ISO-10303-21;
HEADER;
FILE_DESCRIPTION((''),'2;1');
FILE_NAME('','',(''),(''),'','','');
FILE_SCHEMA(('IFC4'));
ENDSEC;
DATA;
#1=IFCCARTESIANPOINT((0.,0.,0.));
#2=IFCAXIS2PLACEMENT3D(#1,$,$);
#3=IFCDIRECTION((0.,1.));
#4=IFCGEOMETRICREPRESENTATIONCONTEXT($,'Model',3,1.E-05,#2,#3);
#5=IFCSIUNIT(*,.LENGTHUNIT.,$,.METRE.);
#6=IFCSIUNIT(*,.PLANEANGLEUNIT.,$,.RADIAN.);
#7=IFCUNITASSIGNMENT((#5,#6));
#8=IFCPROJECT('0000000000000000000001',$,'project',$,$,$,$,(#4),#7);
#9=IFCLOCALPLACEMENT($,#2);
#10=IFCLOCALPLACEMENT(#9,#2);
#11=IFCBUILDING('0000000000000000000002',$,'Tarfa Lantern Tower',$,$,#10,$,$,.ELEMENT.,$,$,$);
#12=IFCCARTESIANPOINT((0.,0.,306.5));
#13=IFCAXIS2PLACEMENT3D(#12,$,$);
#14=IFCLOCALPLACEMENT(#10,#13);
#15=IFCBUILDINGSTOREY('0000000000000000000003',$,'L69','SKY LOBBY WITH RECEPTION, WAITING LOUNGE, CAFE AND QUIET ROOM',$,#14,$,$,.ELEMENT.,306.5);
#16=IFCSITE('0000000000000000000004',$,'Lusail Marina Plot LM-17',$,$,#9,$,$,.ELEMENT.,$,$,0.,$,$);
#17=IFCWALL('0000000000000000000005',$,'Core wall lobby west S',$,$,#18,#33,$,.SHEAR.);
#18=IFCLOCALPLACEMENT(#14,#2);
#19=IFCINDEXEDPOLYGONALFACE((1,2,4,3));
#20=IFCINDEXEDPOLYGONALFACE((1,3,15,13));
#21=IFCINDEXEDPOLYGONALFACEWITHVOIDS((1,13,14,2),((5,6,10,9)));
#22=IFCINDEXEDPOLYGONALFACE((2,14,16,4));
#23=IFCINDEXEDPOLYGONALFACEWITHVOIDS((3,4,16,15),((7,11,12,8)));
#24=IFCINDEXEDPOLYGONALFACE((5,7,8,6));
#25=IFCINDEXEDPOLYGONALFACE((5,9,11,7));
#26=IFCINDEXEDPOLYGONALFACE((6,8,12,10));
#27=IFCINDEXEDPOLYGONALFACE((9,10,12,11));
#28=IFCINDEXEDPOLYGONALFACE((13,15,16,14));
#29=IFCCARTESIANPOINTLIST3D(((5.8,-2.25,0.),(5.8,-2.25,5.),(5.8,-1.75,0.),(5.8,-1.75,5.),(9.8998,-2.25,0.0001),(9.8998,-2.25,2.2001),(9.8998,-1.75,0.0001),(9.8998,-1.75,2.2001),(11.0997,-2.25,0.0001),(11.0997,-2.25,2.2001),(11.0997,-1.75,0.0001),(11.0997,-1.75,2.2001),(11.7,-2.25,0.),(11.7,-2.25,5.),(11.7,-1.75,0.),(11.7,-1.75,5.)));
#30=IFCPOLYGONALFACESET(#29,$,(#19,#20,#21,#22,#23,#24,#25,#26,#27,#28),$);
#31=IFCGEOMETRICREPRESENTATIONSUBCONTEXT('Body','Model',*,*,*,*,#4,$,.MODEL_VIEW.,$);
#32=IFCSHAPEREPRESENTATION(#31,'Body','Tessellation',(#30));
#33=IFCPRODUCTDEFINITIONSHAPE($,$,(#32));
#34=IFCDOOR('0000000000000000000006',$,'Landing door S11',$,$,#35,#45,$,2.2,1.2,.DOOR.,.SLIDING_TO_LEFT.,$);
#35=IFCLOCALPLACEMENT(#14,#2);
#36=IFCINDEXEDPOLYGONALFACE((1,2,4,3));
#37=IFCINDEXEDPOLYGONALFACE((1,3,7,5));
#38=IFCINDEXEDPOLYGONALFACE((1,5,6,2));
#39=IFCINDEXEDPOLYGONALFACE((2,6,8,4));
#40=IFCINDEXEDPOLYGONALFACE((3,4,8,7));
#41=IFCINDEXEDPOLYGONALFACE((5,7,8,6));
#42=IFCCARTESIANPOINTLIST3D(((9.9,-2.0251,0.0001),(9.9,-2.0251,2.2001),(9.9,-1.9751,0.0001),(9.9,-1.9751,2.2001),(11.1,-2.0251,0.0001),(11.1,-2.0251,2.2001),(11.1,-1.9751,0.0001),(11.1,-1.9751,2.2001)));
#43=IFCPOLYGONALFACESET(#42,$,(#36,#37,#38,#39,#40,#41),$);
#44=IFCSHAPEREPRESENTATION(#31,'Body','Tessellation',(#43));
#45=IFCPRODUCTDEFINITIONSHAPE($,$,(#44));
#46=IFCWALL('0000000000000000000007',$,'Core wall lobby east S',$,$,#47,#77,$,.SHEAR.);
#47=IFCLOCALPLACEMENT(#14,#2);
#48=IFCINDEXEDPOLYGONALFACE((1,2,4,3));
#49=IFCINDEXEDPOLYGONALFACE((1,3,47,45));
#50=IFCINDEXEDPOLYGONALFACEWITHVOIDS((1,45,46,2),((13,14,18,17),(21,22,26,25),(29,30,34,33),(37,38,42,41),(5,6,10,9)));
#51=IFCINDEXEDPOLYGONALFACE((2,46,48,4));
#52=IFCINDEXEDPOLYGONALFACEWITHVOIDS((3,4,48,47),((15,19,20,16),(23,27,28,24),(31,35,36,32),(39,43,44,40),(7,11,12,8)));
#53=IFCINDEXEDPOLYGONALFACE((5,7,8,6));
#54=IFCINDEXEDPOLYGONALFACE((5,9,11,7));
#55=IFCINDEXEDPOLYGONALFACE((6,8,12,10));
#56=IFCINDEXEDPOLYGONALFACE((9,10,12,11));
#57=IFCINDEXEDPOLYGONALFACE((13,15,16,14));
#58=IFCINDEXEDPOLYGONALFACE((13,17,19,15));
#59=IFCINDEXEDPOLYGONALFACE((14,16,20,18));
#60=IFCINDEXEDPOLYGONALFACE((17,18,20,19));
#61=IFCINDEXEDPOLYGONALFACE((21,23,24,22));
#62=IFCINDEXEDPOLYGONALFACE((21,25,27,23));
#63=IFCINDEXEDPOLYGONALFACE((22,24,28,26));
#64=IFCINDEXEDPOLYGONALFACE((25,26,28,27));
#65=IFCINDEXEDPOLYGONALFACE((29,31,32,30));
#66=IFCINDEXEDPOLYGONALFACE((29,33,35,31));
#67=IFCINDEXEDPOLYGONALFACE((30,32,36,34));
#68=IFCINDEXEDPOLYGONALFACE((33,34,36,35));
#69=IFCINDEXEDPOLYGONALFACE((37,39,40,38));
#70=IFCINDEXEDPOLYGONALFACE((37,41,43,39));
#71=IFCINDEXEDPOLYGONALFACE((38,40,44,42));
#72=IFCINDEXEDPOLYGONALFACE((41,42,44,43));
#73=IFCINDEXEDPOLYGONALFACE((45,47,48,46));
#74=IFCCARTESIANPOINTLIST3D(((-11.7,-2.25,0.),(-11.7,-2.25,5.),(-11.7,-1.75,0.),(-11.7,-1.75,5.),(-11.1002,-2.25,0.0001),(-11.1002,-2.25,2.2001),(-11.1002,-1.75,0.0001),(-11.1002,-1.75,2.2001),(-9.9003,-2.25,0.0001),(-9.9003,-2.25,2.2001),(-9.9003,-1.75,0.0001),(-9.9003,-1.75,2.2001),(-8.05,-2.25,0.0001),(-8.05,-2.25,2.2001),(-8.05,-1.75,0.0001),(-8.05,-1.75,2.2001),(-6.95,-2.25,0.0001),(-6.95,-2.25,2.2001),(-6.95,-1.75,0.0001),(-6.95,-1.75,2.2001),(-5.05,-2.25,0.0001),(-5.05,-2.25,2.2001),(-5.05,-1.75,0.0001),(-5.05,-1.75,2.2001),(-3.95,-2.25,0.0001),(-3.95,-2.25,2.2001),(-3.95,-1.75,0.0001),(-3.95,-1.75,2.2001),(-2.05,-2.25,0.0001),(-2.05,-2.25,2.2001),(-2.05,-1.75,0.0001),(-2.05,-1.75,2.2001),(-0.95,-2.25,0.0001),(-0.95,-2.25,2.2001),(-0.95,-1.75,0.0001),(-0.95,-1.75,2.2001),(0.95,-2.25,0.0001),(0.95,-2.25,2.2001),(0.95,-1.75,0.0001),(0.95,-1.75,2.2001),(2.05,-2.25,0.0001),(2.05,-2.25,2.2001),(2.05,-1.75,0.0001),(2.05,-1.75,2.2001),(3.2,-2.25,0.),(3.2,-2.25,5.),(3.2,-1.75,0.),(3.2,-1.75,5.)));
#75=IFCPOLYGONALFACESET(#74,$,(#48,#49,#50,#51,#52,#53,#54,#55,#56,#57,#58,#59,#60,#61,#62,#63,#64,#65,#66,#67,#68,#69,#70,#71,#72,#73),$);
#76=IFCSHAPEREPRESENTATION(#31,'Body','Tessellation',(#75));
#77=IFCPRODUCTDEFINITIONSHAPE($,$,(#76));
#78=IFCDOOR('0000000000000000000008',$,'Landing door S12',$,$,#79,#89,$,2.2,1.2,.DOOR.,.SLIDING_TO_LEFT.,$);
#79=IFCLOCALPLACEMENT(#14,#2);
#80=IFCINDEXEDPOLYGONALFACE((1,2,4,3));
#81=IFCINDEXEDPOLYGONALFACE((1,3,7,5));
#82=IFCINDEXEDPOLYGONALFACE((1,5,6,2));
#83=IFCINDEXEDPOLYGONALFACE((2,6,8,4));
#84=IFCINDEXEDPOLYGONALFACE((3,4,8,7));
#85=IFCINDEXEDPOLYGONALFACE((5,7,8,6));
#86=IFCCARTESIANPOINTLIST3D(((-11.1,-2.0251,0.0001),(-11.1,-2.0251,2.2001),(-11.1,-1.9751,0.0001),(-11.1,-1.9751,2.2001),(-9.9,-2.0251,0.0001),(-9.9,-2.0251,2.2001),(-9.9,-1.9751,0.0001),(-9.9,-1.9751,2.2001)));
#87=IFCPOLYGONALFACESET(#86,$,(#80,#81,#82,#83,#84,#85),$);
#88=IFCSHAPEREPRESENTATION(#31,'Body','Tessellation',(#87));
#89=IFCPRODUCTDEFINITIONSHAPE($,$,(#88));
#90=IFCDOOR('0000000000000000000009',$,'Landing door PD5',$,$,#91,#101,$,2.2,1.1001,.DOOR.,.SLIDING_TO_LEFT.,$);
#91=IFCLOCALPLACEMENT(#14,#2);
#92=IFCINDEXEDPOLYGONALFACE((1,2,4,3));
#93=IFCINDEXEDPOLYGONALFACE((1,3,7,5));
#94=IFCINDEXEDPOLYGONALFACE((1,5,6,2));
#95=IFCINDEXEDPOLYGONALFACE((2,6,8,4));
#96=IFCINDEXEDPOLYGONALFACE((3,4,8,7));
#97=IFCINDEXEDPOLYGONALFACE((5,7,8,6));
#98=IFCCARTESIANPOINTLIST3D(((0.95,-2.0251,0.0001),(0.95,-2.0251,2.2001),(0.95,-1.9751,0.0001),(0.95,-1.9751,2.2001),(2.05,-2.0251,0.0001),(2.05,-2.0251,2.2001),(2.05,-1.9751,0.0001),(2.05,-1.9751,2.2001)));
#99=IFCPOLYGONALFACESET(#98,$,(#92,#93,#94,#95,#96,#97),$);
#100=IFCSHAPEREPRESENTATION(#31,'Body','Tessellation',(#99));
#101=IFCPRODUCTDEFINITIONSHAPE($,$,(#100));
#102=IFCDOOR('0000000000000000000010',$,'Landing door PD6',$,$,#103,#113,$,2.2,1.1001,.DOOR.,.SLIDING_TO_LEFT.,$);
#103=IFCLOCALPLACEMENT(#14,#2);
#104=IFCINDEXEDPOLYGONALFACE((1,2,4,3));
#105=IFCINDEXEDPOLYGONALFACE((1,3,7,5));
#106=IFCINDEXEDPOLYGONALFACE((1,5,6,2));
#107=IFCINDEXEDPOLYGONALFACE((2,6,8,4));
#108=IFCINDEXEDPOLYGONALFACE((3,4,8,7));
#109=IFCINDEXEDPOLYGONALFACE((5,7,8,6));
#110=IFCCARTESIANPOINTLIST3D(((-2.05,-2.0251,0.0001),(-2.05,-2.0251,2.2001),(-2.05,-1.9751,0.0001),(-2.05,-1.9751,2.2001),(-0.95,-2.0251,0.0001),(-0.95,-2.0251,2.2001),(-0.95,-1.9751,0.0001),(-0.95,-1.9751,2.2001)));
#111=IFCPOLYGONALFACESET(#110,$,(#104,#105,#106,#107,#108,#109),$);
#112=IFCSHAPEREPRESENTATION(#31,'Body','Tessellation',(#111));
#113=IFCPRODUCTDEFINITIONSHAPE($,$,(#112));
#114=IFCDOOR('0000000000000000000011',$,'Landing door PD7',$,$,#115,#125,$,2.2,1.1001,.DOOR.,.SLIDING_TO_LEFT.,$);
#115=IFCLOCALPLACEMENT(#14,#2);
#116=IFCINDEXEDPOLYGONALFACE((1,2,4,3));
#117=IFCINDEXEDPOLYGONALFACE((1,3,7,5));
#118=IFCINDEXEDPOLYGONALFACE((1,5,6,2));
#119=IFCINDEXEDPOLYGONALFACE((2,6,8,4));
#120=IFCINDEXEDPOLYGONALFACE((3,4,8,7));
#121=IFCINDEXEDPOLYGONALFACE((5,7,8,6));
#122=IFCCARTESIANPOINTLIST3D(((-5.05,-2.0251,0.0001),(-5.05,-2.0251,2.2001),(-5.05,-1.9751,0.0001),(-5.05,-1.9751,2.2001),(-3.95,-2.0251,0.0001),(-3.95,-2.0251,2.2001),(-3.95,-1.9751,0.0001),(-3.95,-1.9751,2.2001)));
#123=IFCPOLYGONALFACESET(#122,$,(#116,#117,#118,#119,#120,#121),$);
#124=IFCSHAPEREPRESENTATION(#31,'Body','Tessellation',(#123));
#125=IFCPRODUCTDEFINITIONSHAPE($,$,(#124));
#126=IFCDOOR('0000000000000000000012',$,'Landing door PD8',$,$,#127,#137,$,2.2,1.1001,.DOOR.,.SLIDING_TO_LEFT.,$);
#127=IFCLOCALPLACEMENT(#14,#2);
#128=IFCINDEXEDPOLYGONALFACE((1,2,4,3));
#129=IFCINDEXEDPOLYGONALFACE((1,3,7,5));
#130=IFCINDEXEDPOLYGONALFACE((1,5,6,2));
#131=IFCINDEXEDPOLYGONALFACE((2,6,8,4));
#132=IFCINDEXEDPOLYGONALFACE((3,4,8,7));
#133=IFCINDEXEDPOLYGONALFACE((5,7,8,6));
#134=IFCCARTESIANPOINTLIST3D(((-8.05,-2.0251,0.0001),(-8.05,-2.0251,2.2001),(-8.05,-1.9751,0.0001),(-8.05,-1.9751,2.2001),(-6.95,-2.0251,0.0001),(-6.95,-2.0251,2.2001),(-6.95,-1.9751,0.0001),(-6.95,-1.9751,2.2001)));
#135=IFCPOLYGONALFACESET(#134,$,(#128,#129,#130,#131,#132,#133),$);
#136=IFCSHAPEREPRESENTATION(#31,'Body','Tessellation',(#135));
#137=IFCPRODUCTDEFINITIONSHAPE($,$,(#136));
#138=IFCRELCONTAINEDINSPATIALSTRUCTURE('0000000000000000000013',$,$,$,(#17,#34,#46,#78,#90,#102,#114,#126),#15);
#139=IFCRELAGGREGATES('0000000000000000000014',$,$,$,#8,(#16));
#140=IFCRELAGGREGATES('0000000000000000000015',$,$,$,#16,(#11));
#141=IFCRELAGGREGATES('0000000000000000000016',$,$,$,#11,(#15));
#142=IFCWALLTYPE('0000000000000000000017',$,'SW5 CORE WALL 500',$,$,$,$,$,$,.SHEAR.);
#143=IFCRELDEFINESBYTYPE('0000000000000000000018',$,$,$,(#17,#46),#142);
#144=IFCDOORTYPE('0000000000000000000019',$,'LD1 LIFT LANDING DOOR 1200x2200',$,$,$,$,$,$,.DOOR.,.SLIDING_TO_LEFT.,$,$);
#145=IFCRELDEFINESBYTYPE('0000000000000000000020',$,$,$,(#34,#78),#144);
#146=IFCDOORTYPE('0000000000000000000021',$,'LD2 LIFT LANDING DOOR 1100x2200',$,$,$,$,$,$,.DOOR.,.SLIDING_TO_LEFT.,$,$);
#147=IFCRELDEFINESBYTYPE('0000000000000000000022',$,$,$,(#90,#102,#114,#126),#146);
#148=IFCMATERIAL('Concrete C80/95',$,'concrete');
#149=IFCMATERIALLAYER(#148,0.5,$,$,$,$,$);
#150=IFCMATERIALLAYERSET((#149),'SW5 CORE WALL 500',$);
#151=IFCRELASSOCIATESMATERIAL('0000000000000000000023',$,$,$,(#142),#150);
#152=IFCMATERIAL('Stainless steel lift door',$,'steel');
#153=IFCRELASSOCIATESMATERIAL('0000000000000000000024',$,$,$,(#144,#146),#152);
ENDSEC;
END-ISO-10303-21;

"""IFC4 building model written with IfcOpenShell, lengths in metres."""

from ifc_helpers import new_model, si_unit, direction, frame, frame_2d, origin, place, context, subcontext, project, spatial, rectangle, extrude, material, layer, layer_set, type_object, element, fill, save


model = new_model("IFC4")

# Units and contexts
model_context = context("Model", 3, precision=1e-05, world=origin(), true_north=direction((0.0, 1.0)))
body_context = subcontext(model_context, "Body", "Model", "MODEL_VIEW")
ifc_project = project(units=[si_unit("LENGTHUNIT", "METRE"), si_unit("PLANEANGLEUNIT", "RADIAN")], contexts=[model_context])

# Site, building, storey
site_placement = place(None, origin())
site = spatial("IfcSite", under=ifc_project, at=site_placement, Name="Lusail Marina Plot LM-17", CompositionType="ELEMENT", RefElevation=0.0)
building_placement = place(site_placement, origin())
building = spatial("IfcBuilding", under=site, at=building_placement, Name="Tarfa Lantern Tower", CompositionType="ELEMENT")
storey_placement = place(building_placement, frame((0.0, 0.0, 306.5)))
storey = spatial("IfcBuildingStorey", under=building, at=storey_placement, Name="L69", Description="SKY LOBBY WITH RECEPTION, WAITING LOUNGE, CAFE AND QUIET ROOM", CompositionType="ELEMENT", Elevation=306.5)

# Shared definitions
ifc_material_1 = material(Name="Concrete C80/95", Category="concrete")

# Wall, opening, door
ifc_layer_1 = layer(ifc_material_1, 0.5)
ifc_layer_set_1 = layer_set([ifc_layer_1], Name="SW5 CORE WALL 500")
wall_type_1 = type_object("IfcWallType", Name="SW5 CORE WALL 500", PredefinedType="SHEAR", material=ifc_layer_set_1)
wall_1_placement = place(storey_placement, frame((11.7, -2.0, 0.0), z_axis=(0.0, 0.0, 1.0), x_axis=(-1.0, 0.0, 0.0)))
wall_1 = element("IfcWall", 1, at=wall_1_placement, inside=storey, type_object=wall_type_1, Name="Core wall lobby west S", PredefinedType="SHEAR", context=body_context, shape_type="SweptSolid", body=[
    extrude(rectangle(XDim=5.8999, YDim=0.5, at=frame_2d((2.95, 0.0))), origin(), (0.0, 0.0, 1.0), 5.0),
])
opening_1_placement = place(wall_1_placement, frame((0.6001, 0.0, 0.0)))
opening_1 = element("IfcOpeningElement", 2, at=opening_1_placement, cuts=wall_1, PredefinedType="OPENING", context=body_context, shape_type="SweptSolid", body=[
    extrude(rectangle(XDim=1.2, YDim=2.2, at=frame_2d((0.6001, 1.1001))), frame((0.0, 0.26, 0.0), z_axis=(0.0, -1.0, 0.0), x_axis=(1.0, 0.0, 0.0)), (0.0, 0.0, 1.0), 0.52),
])
ifc_material_2 = material(Name="Stainless steel lift door", Category="steel")
door_type_1 = type_object("IfcDoorType", Name="LD1 LIFT LANDING DOOR 1200x2200", OperationType="SLIDING_TO_LEFT", PredefinedType="DOOR", material=ifc_material_2)
door_1_placement = place(opening_1_placement, frame((1.2, 0.0, 0.0), z_axis=(0.0, 0.0, 1.0), x_axis=(-1.0, 0.0, 0.0)))
door_1 = element("IfcDoor", 3, at=door_1_placement, inside=storey, type_object=door_type_1, Name="Landing door S11", OperationType="SLIDING_TO_LEFT", OverallHeight=2.2, OverallWidth=1.2, PredefinedType="DOOR", context=body_context, shape_type="SweptSolid", body=[
    extrude(rectangle(XDim=1.2, YDim=2.2, at=frame_2d((0.6001, 1.1001))), frame((0.0, 0.0249, 0.0), z_axis=(0.0, -1.0, 0.0), x_axis=(1.0, 0.0, 0.0)), (0.0, 0.0, 1.0), 0.05),
])
fill(opening_1, door_1)

# Wall, openings, doors
wall_2_placement = place(storey_placement, frame((3.2, -2.0, 0.0), z_axis=(0.0, 0.0, 1.0), x_axis=(-1.0, 0.0, 0.0)))
wall_2 = element("IfcWall", 4, at=wall_2_placement, inside=storey, type_object=wall_type_1, Name="Core wall lobby east S", PredefinedType="SHEAR", context=body_context, shape_type="SweptSolid", body=[
    extrude(rectangle(XDim=14.8999, YDim=0.5, at=frame_2d((7.45, 0.0))), origin(), (0.0, 0.0, 1.0), 5.0),
])
opening_2_placement = place(wall_2_placement, frame((1.1499, 0.0, 0.0)))
opening_2 = element("IfcOpeningElement", 5, at=opening_2_placement, cuts=wall_2, PredefinedType="OPENING", context=body_context, shape_type="SweptSolid", body=[
    extrude(rectangle(XDim=1.1001, YDim=2.2, at=frame_2d((0.55, 1.1001))), frame((0.0, 0.26, 0.0), z_axis=(0.0, -1.0, 0.0), x_axis=(1.0, 0.0, 0.0)), (0.0, 0.0, 1.0), 0.52),
])
opening_3_placement = place(wall_2_placement, frame((4.1499, 0.0, 0.0)))
opening_3 = element("IfcOpeningElement", 6, at=opening_3_placement, cuts=wall_2, PredefinedType="OPENING", context=body_context, shape_type="SweptSolid", body=[
    extrude(rectangle(XDim=1.1001, YDim=2.2, at=frame_2d((0.55, 1.1001))), frame((0.0, 0.26, 0.0), z_axis=(0.0, -1.0, 0.0), x_axis=(1.0, 0.0, 0.0)), (0.0, 0.0, 1.0), 0.52),
])
opening_4_placement = place(wall_2_placement, frame((7.1499, 0.0, 0.0)))
opening_4 = element("IfcOpeningElement", 7, at=opening_4_placement, cuts=wall_2, PredefinedType="OPENING", context=body_context, shape_type="SweptSolid", body=[
    extrude(rectangle(XDim=1.1001, YDim=2.2, at=frame_2d((0.55, 1.1001))), frame((0.0, 0.26, 0.0), z_axis=(0.0, -1.0, 0.0), x_axis=(1.0, 0.0, 0.0)), (0.0, 0.0, 1.0), 0.52),
])
opening_5_placement = place(wall_2_placement, frame((10.1499, 0.0, 0.0)))
opening_5 = element("IfcOpeningElement", 8, at=opening_5_placement, cuts=wall_2, PredefinedType="OPENING", context=body_context, shape_type="SweptSolid", body=[
    extrude(rectangle(XDim=1.1001, YDim=2.2, at=frame_2d((0.55, 1.1001))), frame((0.0, 0.26, 0.0), z_axis=(0.0, -1.0, 0.0), x_axis=(1.0, 0.0, 0.0)), (0.0, 0.0, 1.0), 0.52),
])
opening_6_placement = place(wall_2_placement, frame((13.1001, 0.0, 0.0)))
opening_6 = element("IfcOpeningElement", 9, at=opening_6_placement, cuts=wall_2, PredefinedType="OPENING", context=body_context, shape_type="SweptSolid", body=[
    extrude(rectangle(XDim=1.2, YDim=2.2, at=frame_2d((0.6001, 1.1001))), frame((0.0, 0.26, 0.0), z_axis=(0.0, -1.0, 0.0), x_axis=(1.0, 0.0, 0.0)), (0.0, 0.0, 1.0), 0.52),
])
door_2_placement = place(opening_6_placement, frame((1.2, 0.0, 0.0), z_axis=(0.0, 0.0, 1.0), x_axis=(-1.0, 0.0, 0.0)))
door_2 = element("IfcDoor", 10, at=door_2_placement, inside=storey, type_object=door_type_1, Name="Landing door S12", OperationType="SLIDING_TO_LEFT", OverallHeight=2.2, OverallWidth=1.2, PredefinedType="DOOR", context=body_context, shape_type="SweptSolid", body=[
    extrude(rectangle(XDim=1.2, YDim=2.2, at=frame_2d((0.6001, 1.1001))), frame((0.0, 0.0249, 0.0), z_axis=(0.0, -1.0, 0.0), x_axis=(1.0, 0.0, 0.0)), (0.0, 0.0, 1.0), 0.05),
])
fill(opening_6, door_2)
door_type_2 = type_object("IfcDoorType", Name="LD2 LIFT LANDING DOOR 1100x2200", OperationType="SLIDING_TO_LEFT", PredefinedType="DOOR", material=ifc_material_2)
door_3_placement = place(opening_2_placement, frame((1.1001, 0.0, 0.0), z_axis=(0.0, 0.0, 1.0), x_axis=(-1.0, 0.0, 0.0)))
door_3 = element("IfcDoor", 11, at=door_3_placement, inside=storey, type_object=door_type_2, Name="Landing door PD5", OperationType="SLIDING_TO_LEFT", OverallHeight=2.2, OverallWidth=1.1001, PredefinedType="DOOR", context=body_context, shape_type="SweptSolid", body=[
    extrude(rectangle(XDim=1.1001, YDim=2.2, at=frame_2d((0.55, 1.1001))), frame((0.0, 0.0249, 0.0), z_axis=(0.0, -1.0, 0.0), x_axis=(1.0, 0.0, 0.0)), (0.0, 0.0, 1.0), 0.05),
])
fill(opening_2, door_3)
door_4_placement = place(opening_3_placement, frame((1.1001, 0.0, 0.0), z_axis=(0.0, 0.0, 1.0), x_axis=(-1.0, 0.0, 0.0)))
door_4 = element("IfcDoor", 12, at=door_4_placement, inside=storey, type_object=door_type_2, Name="Landing door PD6", OperationType="SLIDING_TO_LEFT", OverallHeight=2.2, OverallWidth=1.1001, PredefinedType="DOOR", context=body_context, shape_type="SweptSolid", body=[
    extrude(rectangle(XDim=1.1001, YDim=2.2, at=frame_2d((0.55, 1.1001))), frame((0.0, 0.0249, 0.0), z_axis=(0.0, -1.0, 0.0), x_axis=(1.0, 0.0, 0.0)), (0.0, 0.0, 1.0), 0.05),
])
fill(opening_3, door_4)
door_5_placement = place(opening_4_placement, frame((1.1001, 0.0, 0.0), z_axis=(0.0, 0.0, 1.0), x_axis=(-1.0, 0.0, 0.0)))
door_5 = element("IfcDoor", 13, at=door_5_placement, inside=storey, type_object=door_type_2, Name="Landing door PD7", OperationType="SLIDING_TO_LEFT", OverallHeight=2.2, OverallWidth=1.1001, PredefinedType="DOOR", context=body_context, shape_type="SweptSolid", body=[
    extrude(rectangle(XDim=1.1001, YDim=2.2, at=frame_2d((0.55, 1.1001))), frame((0.0, 0.0249, 0.0), z_axis=(0.0, -1.0, 0.0), x_axis=(1.0, 0.0, 0.0)), (0.0, 0.0, 1.0), 0.05),
])
fill(opening_4, door_5)
door_6_placement = place(opening_5_placement, frame((1.1001, 0.0, 0.0), z_axis=(0.0, 0.0, 1.0), x_axis=(-1.0, 0.0, 0.0)))
door_6 = element("IfcDoor", 14, at=door_6_placement, inside=storey, type_object=door_type_2, Name="Landing door PD8", OperationType="SLIDING_TO_LEFT", OverallHeight=2.2, OverallWidth=1.1001, PredefinedType="DOOR", context=body_context, shape_type="SweptSolid", body=[
    extrude(rectangle(XDim=1.1001, YDim=2.2, at=frame_2d((0.55, 1.1001))), frame((0.0, 0.0249, 0.0), z_axis=(0.0, -1.0, 0.0), x_axis=(1.0, 0.0, 0.0)), (0.0, 0.0, 1.0), 0.05),
])
fill(opening_5, door_6)

save(model, "model.ifc")
